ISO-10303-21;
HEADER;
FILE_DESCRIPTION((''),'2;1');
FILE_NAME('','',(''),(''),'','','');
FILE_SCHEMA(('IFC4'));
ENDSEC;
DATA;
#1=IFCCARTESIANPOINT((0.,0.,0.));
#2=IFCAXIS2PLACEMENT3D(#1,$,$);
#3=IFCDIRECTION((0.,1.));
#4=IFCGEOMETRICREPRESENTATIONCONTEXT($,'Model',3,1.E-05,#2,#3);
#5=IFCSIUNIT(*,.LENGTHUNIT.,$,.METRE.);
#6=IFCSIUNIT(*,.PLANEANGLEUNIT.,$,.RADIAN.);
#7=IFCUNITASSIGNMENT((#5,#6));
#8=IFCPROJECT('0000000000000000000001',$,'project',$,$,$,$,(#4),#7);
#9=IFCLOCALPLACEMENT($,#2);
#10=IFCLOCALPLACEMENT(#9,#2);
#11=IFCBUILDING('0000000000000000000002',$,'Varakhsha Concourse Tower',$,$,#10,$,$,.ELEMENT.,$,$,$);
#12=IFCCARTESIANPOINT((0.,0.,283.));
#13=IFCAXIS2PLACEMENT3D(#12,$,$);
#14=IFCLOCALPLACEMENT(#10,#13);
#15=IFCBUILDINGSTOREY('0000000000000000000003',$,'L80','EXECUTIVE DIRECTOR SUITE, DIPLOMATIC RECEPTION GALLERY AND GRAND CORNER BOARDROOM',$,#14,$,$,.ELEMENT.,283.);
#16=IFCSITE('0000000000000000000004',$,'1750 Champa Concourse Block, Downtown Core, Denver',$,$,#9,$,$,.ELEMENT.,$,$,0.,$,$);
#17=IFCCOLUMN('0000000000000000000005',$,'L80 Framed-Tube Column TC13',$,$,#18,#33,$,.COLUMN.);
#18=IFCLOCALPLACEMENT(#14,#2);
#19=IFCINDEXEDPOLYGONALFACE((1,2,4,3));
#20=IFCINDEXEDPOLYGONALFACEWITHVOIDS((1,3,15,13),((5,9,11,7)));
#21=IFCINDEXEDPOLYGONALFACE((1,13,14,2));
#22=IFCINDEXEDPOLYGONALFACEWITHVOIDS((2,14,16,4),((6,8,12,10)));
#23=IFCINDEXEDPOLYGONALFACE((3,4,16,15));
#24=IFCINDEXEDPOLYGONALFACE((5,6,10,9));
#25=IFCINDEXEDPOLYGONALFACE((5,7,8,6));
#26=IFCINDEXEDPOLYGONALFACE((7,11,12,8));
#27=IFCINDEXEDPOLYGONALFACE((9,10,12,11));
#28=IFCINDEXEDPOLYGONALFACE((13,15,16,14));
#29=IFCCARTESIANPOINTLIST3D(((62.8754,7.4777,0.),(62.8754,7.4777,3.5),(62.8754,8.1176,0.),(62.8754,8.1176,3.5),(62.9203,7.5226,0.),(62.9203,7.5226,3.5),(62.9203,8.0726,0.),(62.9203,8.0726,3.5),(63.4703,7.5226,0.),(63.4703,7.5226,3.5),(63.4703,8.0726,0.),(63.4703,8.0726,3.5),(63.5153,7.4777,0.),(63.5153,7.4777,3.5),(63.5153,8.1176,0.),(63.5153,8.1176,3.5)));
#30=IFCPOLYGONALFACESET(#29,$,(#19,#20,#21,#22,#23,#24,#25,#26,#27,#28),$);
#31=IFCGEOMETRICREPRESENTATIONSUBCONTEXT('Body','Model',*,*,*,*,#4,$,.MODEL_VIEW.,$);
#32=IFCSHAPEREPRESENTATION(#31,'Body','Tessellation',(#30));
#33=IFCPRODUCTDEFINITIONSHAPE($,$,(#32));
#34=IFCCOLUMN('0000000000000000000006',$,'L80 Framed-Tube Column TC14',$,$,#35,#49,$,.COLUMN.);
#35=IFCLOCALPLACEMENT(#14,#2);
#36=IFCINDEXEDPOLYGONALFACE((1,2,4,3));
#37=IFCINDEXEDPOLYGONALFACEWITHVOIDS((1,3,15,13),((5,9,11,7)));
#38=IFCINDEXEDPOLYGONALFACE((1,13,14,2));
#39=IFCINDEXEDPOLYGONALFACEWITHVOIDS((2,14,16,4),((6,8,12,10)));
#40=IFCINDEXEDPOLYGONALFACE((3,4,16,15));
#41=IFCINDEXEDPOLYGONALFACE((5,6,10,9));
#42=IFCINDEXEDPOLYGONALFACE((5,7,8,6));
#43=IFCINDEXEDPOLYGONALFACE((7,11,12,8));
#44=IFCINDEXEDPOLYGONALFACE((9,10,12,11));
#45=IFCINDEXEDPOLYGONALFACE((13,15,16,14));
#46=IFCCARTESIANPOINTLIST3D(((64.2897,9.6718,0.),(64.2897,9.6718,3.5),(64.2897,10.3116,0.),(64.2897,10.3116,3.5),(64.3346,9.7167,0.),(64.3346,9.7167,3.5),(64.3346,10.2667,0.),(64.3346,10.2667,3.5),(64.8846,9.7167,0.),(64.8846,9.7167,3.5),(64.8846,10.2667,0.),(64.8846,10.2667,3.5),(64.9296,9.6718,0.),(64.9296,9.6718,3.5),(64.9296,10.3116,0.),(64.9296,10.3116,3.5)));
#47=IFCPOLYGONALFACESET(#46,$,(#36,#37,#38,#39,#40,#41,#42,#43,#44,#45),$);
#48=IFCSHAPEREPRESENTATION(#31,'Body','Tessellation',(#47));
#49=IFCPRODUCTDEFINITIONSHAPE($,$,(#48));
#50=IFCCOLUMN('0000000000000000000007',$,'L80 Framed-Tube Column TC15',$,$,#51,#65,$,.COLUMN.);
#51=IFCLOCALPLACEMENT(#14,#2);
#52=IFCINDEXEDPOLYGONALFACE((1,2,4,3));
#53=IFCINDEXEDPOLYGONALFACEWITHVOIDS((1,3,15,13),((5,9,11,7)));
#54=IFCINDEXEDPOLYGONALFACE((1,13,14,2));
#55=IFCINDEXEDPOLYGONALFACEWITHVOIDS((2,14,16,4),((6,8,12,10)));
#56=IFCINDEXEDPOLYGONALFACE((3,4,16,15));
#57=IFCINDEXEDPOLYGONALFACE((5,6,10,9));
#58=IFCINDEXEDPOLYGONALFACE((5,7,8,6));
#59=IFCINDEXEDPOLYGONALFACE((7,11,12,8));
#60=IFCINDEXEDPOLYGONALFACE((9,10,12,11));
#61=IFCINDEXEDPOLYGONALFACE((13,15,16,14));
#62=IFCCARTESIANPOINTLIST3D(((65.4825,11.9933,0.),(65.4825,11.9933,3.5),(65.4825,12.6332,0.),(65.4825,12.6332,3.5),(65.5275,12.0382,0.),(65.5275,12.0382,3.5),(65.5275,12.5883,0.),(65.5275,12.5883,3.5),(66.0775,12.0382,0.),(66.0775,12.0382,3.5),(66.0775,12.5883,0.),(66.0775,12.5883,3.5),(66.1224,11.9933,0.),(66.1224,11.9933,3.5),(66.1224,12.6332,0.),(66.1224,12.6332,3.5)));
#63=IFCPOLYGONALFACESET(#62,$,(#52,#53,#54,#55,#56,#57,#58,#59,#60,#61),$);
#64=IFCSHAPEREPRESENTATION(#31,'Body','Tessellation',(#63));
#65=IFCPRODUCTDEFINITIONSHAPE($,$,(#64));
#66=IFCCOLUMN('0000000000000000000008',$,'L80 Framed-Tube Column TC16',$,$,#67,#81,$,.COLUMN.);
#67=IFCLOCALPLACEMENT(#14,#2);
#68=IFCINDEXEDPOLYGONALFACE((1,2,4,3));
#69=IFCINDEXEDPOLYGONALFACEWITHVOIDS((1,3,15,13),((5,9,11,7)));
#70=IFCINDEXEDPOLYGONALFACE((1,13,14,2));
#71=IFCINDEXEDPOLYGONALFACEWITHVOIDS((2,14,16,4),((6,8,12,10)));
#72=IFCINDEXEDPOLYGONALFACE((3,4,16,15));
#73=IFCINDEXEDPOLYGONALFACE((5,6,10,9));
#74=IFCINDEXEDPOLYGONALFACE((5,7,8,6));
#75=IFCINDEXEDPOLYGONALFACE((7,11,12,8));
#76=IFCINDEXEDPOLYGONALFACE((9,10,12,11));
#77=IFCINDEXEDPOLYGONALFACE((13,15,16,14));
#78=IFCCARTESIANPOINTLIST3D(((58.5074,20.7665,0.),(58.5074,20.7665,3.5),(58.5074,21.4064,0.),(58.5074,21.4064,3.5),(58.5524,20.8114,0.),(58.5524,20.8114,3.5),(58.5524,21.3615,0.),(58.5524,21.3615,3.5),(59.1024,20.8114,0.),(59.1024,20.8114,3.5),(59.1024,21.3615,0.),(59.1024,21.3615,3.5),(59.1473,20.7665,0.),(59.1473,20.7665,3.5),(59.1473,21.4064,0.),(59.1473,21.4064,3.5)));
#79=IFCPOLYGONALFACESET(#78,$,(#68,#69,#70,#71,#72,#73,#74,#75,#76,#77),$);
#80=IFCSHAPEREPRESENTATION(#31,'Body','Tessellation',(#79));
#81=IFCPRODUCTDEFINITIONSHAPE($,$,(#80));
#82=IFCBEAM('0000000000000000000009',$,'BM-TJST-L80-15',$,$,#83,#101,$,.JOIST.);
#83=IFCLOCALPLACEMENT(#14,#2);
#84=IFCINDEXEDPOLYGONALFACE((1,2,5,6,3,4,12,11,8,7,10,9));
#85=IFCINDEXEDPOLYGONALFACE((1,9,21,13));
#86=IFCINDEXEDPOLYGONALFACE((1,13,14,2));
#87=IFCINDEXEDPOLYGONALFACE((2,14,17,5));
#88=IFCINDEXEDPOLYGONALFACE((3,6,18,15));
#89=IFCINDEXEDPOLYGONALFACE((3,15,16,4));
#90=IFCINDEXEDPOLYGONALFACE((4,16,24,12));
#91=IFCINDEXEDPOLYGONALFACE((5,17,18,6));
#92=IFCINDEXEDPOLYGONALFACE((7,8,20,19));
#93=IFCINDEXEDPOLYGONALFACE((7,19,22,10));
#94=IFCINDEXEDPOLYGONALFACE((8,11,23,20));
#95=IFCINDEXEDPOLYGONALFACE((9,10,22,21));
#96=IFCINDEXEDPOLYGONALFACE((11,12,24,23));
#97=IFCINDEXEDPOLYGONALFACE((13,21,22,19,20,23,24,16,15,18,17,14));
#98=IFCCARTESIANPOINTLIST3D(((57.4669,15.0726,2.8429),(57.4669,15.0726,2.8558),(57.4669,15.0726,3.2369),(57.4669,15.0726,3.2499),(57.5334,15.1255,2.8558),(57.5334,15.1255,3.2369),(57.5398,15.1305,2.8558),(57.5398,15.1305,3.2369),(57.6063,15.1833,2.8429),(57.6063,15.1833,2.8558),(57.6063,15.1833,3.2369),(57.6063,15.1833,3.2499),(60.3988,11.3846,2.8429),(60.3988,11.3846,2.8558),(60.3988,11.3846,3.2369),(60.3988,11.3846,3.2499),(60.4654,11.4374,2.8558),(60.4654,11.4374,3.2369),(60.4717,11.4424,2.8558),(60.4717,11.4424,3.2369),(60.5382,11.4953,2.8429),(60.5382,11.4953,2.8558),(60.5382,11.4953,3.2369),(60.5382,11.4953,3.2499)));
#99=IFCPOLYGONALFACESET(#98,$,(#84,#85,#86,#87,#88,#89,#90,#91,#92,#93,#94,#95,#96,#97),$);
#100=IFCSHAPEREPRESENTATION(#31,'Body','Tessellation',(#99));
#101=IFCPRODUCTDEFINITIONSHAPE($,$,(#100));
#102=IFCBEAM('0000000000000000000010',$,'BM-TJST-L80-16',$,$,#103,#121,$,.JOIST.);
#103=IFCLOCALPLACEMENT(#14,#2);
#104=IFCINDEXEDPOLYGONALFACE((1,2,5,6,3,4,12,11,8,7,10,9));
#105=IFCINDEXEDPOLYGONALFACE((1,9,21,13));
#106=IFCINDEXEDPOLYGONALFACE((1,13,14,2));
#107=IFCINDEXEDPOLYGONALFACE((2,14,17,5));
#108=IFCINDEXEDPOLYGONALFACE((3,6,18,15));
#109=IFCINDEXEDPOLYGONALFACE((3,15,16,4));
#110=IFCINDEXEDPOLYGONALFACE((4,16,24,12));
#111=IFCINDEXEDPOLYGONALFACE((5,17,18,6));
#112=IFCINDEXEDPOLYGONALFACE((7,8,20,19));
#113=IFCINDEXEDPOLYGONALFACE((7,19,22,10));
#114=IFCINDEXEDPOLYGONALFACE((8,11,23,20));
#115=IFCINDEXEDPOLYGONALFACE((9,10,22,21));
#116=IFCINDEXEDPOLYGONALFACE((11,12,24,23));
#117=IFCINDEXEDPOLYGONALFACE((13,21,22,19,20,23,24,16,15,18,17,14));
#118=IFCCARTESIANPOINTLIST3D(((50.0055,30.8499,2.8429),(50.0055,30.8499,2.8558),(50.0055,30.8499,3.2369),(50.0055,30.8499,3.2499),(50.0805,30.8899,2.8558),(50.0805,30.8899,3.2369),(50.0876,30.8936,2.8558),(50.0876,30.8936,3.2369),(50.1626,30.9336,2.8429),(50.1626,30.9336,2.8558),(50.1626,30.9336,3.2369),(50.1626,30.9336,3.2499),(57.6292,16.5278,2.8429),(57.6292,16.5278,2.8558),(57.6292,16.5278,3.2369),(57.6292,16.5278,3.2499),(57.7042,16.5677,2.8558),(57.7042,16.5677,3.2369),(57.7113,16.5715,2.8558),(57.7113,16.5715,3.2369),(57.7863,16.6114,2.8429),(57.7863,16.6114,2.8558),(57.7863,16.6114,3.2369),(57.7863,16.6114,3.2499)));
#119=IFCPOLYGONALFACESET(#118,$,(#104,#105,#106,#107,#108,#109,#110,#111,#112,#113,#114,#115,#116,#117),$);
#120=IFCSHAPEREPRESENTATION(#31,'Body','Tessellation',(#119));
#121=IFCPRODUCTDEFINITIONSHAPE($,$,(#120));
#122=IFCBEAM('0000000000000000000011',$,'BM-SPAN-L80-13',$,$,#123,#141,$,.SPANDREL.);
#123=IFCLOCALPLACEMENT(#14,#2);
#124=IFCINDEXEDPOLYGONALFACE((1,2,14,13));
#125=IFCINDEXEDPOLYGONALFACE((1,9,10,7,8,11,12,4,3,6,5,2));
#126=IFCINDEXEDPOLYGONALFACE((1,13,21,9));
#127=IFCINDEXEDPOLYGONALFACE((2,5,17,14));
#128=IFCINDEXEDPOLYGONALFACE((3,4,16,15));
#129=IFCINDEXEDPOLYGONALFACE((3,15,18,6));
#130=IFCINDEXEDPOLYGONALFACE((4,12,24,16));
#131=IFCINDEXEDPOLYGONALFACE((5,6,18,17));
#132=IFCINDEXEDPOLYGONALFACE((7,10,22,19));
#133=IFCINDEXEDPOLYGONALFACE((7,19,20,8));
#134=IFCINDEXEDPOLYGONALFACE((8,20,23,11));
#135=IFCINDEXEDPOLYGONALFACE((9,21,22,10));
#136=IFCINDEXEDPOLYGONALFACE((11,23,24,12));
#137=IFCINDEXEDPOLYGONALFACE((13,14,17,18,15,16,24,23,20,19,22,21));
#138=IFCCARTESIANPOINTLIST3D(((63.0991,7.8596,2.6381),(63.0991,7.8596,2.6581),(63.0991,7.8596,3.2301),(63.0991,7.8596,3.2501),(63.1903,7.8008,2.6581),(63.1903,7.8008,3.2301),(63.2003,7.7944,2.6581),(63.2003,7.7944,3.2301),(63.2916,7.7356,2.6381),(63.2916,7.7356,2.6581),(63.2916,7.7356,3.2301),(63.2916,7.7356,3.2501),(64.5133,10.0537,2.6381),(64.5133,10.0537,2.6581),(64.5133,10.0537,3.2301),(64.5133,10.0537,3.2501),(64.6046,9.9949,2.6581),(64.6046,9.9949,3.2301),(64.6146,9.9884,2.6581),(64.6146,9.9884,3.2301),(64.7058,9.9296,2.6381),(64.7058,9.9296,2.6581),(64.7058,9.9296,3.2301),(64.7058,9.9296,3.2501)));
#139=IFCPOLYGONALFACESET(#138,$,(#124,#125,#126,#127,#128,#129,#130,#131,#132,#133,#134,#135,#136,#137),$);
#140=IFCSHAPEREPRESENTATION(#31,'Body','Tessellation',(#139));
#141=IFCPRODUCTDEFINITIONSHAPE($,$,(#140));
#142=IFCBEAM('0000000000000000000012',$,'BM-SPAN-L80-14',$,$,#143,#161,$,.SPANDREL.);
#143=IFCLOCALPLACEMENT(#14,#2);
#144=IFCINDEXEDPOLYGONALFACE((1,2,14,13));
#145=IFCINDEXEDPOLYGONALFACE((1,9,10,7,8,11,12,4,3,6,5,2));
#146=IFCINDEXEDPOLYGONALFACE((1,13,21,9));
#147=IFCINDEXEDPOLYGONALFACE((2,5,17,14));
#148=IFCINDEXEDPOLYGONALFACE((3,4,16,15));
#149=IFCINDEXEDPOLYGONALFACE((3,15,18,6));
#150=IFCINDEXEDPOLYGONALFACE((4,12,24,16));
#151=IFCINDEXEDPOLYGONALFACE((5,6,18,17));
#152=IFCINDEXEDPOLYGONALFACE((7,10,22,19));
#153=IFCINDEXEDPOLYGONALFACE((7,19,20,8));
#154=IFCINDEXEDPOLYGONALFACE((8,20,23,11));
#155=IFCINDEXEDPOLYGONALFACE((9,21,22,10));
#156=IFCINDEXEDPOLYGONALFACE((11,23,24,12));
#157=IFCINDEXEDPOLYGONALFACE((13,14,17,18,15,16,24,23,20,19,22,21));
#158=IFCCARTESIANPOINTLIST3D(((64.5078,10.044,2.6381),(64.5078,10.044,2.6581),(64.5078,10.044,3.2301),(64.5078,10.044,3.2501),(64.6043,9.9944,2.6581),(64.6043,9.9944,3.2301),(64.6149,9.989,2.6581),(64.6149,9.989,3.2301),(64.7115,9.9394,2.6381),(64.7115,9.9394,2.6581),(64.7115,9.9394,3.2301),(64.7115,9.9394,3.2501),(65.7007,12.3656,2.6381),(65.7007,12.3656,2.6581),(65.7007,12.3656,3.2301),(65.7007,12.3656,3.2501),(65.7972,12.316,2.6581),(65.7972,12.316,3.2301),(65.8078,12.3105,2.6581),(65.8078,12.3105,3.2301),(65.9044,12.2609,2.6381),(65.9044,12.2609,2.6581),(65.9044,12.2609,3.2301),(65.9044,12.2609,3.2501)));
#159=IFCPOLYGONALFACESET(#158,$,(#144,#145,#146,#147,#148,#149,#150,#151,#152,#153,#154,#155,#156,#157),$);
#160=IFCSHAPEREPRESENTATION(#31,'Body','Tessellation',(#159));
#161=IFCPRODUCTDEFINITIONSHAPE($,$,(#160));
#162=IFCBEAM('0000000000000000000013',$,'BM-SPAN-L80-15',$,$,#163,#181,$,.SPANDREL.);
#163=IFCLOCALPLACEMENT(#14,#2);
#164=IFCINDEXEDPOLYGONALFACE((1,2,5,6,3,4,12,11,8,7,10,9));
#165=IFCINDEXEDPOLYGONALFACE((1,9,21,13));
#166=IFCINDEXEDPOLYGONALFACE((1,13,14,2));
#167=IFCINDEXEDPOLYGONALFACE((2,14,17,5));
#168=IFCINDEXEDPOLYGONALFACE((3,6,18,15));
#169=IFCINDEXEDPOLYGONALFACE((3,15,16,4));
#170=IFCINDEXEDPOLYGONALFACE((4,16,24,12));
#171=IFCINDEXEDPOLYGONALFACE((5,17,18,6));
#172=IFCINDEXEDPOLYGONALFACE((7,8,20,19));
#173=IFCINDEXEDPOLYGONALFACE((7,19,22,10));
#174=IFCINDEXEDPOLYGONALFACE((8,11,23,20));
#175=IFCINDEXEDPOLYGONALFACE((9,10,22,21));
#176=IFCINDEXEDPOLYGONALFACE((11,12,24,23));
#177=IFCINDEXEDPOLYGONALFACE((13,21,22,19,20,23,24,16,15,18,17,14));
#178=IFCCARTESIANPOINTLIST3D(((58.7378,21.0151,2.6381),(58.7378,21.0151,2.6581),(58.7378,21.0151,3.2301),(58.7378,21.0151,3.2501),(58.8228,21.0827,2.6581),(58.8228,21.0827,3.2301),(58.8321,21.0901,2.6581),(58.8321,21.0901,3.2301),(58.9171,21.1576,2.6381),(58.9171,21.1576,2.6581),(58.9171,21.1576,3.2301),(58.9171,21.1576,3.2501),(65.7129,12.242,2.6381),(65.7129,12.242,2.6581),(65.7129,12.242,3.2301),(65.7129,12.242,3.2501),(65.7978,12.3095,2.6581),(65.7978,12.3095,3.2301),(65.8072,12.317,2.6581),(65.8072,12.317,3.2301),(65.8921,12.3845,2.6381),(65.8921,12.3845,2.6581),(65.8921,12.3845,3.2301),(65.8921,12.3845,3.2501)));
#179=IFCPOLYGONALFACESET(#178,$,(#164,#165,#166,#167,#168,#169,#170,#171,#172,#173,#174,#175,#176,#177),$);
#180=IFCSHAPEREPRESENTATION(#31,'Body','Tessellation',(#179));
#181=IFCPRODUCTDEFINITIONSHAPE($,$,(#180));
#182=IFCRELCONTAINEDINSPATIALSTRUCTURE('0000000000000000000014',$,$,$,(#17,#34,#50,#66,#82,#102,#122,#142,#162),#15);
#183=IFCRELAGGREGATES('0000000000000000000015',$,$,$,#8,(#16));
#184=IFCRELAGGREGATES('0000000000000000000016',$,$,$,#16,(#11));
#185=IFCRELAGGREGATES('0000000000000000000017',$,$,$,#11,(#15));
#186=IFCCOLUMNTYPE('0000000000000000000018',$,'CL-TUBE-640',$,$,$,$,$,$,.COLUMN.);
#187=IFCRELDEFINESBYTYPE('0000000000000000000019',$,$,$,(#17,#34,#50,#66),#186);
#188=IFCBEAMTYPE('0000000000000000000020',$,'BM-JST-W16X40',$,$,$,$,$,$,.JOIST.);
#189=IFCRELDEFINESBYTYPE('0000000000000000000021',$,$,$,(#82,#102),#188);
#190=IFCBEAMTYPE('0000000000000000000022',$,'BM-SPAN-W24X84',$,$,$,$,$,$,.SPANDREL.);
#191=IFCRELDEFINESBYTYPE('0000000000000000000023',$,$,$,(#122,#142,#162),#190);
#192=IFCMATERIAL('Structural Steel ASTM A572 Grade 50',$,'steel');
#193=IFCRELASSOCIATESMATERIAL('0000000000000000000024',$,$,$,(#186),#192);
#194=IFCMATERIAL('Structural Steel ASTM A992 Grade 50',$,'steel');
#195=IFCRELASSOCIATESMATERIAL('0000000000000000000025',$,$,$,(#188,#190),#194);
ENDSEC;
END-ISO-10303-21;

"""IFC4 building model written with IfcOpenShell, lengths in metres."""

from ifc_helpers import new_model, si_unit, direction, frame, origin, origin_2d, place, context, subcontext, project, spatial, hollow_rectangle, i_section, extrude, material, material_profile, profile_set, type_object, element, save


model = new_model("IFC4")

# Units and contexts
model_context = context("Model", 3, precision=1e-05, world=origin(), true_north=direction((0.0, 1.0)))
body_context = subcontext(model_context, "Body", "Model", "MODEL_VIEW")
ifc_project = project(units=[si_unit("LENGTHUNIT", "METRE"), si_unit("PLANEANGLEUNIT", "RADIAN")], contexts=[model_context])

# Site, building, storey
site_placement = place(None, origin())
site = spatial("IfcSite", under=ifc_project, at=site_placement, Name="1750 Champa Concourse Block, Downtown Core, Denver", CompositionType="ELEMENT", RefElevation=0.0)
building_placement = place(site_placement, origin())
building = spatial("IfcBuilding", under=site, at=building_placement, Name="Varakhsha Concourse Tower", CompositionType="ELEMENT")
storey_placement = place(building_placement, frame((0.0, 0.0, 283.0)))
storey = spatial("IfcBuildingStorey", under=building, at=storey_placement, Name="L80", Description="EXECUTIVE DIRECTOR SUITE, DIPLOMATIC RECEPTION GALLERY AND GRAND CORNER BOARDROOM", CompositionType="ELEMENT", Elevation=283.0)

# Columns
ifc_material_1 = material(Name="Structural Steel ASTM A572 Grade 50", Category="steel")
ifc_material_profile_1 = material_profile(ifc_material_1, hollow_rectangle(XDim=0.6399, YDim=0.6399, WallThickness=0.0449, at=origin_2d()), Name="BOX 640x640x45")
ifc_profile_set_1 = profile_set([ifc_material_profile_1], Name="Structural Steel ASTM A572 Grade 50")
column_type = type_object("IfcColumnType", Name="CL-TUBE-640", PredefinedType="COLUMN", material=ifc_profile_set_1)
for number, where, z_axis, x_axis, name in (
    (1, (63.1953, 7.7976, 0.0), (0.0, 0.0, 1.0), (1.0, 0.0, 0.0), "L80 Framed-Tube Column TC13"),
    (2, (64.6096, 9.9917, 0.0), (0.0, 0.0, 1.0), (1.0, 0.0, 0.0), "L80 Framed-Tube Column TC14"),
    (3, (65.8025, 12.3132, 0.0), (0.0, 0.0, 1.0), (1.0, 0.0, 0.0), "L80 Framed-Tube Column TC15"),
    (4, (58.8274, 21.0864, 0.0), (0.0, 0.0, 1.0), (1.0, 0.0, 0.0), "L80 Framed-Tube Column TC16"),
):
    element("IfcColumn", number, at=place(storey_placement, frame(where, z_axis=z_axis, x_axis=x_axis)), inside=storey, type_object=column_type, Name=name, PredefinedType="COLUMN", context=body_context, shape_type="SweptSolid", body=[
        extrude(hollow_rectangle(XDim=0.6399, YDim=0.6399, WallThickness=0.0449, at=origin_2d()), origin(), (0.0, 0.0, 1.0), 3.5),
    ])

# Beams
ifc_material_2 = material(Name="Structural Steel ASTM A992 Grade 50", Category="steel")
ifc_material_profile_2 = material_profile(ifc_material_2, i_section(OverallWidth=0.178, OverallDepth=0.407, WebThickness=0.0081, FlangeThickness=0.0129, at=origin_2d()), Name="W16X40")
ifc_profile_set_2 = profile_set([ifc_material_profile_2], Name="Structural Steel ASTM A992 Grade 50")
beam_type_1 = type_object("IfcBeamType", Name="BM-JST-W16X40", PredefinedType="JOIST", material=ifc_profile_set_2)
beam_1_placement = place(storey_placement, frame((60.4685, 11.4399, 3.0464), z_axis=(-0.622297, 0.782781, 0.0), x_axis=(-0.782781, -0.622297, 0.0)))
element("IfcBeam", 5, at=beam_1_placement, inside=storey, type_object=beam_type_1, Name="BM-TJST-L80-15", PredefinedType="JOIST", context=body_context, shape_type="SweptSolid", body=[
    extrude(i_section(OverallWidth=0.178, OverallDepth=0.407, WebThickness=0.0081, FlangeThickness=0.0129, at=origin_2d()), origin(), (0.0, 0.0, 1.0), 4.7114),
])
beam_2_placement = place(storey_placement, frame((57.7078, 16.5696, 3.0464), z_axis=(-0.46988, 0.88273, 0.0), x_axis=(-0.88273, -0.46988, 0.0)))
element("IfcBeam", 6, at=beam_2_placement, inside=storey, type_object=beam_type_1, Name="BM-TJST-L80-16", PredefinedType="JOIST", context=body_context, shape_type="SweptSolid", body=[
    extrude(i_section(OverallWidth=0.178, OverallDepth=0.407, WebThickness=0.0081, FlangeThickness=0.0129, at=origin_2d()), origin(), (0.0, 0.0, 1.0), 16.2249),
])
ifc_material_profile_3 = material_profile(ifc_material_2, i_section(OverallWidth=0.229, OverallDepth=0.6121, WebThickness=0.012, FlangeThickness=0.02, at=origin_2d()), Name="W24X84")
ifc_profile_set_3 = profile_set([ifc_material_profile_3], Name="Structural Steel ASTM A992 Grade 50")
beam_type_2 = type_object("IfcBeamType", Name="BM-SPAN-W24X84", PredefinedType="SPANDREL", material=ifc_profile_set_3)
beam_3_placement = place(storey_placement, frame((63.1953, 7.7976, 2.9441), z_axis=(0.541792, 0.840512, 0.0), x_axis=(-0.840512, 0.541792, 0.0)))
element("IfcBeam", 7, at=beam_3_placement, inside=storey, type_object=beam_type_2, Name="BM-SPAN-L80-13", PredefinedType="SPANDREL", context=body_context, shape_type="SweptSolid", body=[
    extrude(i_section(OverallWidth=0.229, OverallDepth=0.6121, WebThickness=0.012, FlangeThickness=0.02, at=origin_2d()), origin(), (0.0, 0.0, 1.0), 2.6104),
])
beam_4_placement = place(storey_placement, frame((64.6096, 9.9917, 2.9441), z_axis=(0.457027, 0.889453, 0.0), x_axis=(-0.889453, 0.457027, 0.0)))
element("IfcBeam", 8, at=beam_4_placement, inside=storey, type_object=beam_type_2, Name="BM-SPAN-L80-14", PredefinedType="SPANDREL", context=body_context, shape_type="SweptSolid", body=[
    extrude(i_section(OverallWidth=0.229, OverallDepth=0.6121, WebThickness=0.012, FlangeThickness=0.02, at=origin_2d()), origin(), (0.0, 0.0, 1.0), 2.6101),
])
beam_5_placement = place(storey_placement, frame((65.8025, 12.3132, 2.9441), z_axis=(-0.622328, 0.782757, 0.0), x_axis=(-0.782757, -0.622328, 0.0)))
element("IfcBeam", 9, at=beam_5_placement, inside=storey, type_object=beam_type_2, Name="BM-SPAN-L80-15", PredefinedType="SPANDREL", context=body_context, shape_type="SweptSolid", body=[
    extrude(i_section(OverallWidth=0.229, OverallDepth=0.6121, WebThickness=0.012, FlangeThickness=0.02, at=origin_2d()), origin(), (0.0, 0.0, 1.0), 11.208),
])

save(model, "model.ifc")
